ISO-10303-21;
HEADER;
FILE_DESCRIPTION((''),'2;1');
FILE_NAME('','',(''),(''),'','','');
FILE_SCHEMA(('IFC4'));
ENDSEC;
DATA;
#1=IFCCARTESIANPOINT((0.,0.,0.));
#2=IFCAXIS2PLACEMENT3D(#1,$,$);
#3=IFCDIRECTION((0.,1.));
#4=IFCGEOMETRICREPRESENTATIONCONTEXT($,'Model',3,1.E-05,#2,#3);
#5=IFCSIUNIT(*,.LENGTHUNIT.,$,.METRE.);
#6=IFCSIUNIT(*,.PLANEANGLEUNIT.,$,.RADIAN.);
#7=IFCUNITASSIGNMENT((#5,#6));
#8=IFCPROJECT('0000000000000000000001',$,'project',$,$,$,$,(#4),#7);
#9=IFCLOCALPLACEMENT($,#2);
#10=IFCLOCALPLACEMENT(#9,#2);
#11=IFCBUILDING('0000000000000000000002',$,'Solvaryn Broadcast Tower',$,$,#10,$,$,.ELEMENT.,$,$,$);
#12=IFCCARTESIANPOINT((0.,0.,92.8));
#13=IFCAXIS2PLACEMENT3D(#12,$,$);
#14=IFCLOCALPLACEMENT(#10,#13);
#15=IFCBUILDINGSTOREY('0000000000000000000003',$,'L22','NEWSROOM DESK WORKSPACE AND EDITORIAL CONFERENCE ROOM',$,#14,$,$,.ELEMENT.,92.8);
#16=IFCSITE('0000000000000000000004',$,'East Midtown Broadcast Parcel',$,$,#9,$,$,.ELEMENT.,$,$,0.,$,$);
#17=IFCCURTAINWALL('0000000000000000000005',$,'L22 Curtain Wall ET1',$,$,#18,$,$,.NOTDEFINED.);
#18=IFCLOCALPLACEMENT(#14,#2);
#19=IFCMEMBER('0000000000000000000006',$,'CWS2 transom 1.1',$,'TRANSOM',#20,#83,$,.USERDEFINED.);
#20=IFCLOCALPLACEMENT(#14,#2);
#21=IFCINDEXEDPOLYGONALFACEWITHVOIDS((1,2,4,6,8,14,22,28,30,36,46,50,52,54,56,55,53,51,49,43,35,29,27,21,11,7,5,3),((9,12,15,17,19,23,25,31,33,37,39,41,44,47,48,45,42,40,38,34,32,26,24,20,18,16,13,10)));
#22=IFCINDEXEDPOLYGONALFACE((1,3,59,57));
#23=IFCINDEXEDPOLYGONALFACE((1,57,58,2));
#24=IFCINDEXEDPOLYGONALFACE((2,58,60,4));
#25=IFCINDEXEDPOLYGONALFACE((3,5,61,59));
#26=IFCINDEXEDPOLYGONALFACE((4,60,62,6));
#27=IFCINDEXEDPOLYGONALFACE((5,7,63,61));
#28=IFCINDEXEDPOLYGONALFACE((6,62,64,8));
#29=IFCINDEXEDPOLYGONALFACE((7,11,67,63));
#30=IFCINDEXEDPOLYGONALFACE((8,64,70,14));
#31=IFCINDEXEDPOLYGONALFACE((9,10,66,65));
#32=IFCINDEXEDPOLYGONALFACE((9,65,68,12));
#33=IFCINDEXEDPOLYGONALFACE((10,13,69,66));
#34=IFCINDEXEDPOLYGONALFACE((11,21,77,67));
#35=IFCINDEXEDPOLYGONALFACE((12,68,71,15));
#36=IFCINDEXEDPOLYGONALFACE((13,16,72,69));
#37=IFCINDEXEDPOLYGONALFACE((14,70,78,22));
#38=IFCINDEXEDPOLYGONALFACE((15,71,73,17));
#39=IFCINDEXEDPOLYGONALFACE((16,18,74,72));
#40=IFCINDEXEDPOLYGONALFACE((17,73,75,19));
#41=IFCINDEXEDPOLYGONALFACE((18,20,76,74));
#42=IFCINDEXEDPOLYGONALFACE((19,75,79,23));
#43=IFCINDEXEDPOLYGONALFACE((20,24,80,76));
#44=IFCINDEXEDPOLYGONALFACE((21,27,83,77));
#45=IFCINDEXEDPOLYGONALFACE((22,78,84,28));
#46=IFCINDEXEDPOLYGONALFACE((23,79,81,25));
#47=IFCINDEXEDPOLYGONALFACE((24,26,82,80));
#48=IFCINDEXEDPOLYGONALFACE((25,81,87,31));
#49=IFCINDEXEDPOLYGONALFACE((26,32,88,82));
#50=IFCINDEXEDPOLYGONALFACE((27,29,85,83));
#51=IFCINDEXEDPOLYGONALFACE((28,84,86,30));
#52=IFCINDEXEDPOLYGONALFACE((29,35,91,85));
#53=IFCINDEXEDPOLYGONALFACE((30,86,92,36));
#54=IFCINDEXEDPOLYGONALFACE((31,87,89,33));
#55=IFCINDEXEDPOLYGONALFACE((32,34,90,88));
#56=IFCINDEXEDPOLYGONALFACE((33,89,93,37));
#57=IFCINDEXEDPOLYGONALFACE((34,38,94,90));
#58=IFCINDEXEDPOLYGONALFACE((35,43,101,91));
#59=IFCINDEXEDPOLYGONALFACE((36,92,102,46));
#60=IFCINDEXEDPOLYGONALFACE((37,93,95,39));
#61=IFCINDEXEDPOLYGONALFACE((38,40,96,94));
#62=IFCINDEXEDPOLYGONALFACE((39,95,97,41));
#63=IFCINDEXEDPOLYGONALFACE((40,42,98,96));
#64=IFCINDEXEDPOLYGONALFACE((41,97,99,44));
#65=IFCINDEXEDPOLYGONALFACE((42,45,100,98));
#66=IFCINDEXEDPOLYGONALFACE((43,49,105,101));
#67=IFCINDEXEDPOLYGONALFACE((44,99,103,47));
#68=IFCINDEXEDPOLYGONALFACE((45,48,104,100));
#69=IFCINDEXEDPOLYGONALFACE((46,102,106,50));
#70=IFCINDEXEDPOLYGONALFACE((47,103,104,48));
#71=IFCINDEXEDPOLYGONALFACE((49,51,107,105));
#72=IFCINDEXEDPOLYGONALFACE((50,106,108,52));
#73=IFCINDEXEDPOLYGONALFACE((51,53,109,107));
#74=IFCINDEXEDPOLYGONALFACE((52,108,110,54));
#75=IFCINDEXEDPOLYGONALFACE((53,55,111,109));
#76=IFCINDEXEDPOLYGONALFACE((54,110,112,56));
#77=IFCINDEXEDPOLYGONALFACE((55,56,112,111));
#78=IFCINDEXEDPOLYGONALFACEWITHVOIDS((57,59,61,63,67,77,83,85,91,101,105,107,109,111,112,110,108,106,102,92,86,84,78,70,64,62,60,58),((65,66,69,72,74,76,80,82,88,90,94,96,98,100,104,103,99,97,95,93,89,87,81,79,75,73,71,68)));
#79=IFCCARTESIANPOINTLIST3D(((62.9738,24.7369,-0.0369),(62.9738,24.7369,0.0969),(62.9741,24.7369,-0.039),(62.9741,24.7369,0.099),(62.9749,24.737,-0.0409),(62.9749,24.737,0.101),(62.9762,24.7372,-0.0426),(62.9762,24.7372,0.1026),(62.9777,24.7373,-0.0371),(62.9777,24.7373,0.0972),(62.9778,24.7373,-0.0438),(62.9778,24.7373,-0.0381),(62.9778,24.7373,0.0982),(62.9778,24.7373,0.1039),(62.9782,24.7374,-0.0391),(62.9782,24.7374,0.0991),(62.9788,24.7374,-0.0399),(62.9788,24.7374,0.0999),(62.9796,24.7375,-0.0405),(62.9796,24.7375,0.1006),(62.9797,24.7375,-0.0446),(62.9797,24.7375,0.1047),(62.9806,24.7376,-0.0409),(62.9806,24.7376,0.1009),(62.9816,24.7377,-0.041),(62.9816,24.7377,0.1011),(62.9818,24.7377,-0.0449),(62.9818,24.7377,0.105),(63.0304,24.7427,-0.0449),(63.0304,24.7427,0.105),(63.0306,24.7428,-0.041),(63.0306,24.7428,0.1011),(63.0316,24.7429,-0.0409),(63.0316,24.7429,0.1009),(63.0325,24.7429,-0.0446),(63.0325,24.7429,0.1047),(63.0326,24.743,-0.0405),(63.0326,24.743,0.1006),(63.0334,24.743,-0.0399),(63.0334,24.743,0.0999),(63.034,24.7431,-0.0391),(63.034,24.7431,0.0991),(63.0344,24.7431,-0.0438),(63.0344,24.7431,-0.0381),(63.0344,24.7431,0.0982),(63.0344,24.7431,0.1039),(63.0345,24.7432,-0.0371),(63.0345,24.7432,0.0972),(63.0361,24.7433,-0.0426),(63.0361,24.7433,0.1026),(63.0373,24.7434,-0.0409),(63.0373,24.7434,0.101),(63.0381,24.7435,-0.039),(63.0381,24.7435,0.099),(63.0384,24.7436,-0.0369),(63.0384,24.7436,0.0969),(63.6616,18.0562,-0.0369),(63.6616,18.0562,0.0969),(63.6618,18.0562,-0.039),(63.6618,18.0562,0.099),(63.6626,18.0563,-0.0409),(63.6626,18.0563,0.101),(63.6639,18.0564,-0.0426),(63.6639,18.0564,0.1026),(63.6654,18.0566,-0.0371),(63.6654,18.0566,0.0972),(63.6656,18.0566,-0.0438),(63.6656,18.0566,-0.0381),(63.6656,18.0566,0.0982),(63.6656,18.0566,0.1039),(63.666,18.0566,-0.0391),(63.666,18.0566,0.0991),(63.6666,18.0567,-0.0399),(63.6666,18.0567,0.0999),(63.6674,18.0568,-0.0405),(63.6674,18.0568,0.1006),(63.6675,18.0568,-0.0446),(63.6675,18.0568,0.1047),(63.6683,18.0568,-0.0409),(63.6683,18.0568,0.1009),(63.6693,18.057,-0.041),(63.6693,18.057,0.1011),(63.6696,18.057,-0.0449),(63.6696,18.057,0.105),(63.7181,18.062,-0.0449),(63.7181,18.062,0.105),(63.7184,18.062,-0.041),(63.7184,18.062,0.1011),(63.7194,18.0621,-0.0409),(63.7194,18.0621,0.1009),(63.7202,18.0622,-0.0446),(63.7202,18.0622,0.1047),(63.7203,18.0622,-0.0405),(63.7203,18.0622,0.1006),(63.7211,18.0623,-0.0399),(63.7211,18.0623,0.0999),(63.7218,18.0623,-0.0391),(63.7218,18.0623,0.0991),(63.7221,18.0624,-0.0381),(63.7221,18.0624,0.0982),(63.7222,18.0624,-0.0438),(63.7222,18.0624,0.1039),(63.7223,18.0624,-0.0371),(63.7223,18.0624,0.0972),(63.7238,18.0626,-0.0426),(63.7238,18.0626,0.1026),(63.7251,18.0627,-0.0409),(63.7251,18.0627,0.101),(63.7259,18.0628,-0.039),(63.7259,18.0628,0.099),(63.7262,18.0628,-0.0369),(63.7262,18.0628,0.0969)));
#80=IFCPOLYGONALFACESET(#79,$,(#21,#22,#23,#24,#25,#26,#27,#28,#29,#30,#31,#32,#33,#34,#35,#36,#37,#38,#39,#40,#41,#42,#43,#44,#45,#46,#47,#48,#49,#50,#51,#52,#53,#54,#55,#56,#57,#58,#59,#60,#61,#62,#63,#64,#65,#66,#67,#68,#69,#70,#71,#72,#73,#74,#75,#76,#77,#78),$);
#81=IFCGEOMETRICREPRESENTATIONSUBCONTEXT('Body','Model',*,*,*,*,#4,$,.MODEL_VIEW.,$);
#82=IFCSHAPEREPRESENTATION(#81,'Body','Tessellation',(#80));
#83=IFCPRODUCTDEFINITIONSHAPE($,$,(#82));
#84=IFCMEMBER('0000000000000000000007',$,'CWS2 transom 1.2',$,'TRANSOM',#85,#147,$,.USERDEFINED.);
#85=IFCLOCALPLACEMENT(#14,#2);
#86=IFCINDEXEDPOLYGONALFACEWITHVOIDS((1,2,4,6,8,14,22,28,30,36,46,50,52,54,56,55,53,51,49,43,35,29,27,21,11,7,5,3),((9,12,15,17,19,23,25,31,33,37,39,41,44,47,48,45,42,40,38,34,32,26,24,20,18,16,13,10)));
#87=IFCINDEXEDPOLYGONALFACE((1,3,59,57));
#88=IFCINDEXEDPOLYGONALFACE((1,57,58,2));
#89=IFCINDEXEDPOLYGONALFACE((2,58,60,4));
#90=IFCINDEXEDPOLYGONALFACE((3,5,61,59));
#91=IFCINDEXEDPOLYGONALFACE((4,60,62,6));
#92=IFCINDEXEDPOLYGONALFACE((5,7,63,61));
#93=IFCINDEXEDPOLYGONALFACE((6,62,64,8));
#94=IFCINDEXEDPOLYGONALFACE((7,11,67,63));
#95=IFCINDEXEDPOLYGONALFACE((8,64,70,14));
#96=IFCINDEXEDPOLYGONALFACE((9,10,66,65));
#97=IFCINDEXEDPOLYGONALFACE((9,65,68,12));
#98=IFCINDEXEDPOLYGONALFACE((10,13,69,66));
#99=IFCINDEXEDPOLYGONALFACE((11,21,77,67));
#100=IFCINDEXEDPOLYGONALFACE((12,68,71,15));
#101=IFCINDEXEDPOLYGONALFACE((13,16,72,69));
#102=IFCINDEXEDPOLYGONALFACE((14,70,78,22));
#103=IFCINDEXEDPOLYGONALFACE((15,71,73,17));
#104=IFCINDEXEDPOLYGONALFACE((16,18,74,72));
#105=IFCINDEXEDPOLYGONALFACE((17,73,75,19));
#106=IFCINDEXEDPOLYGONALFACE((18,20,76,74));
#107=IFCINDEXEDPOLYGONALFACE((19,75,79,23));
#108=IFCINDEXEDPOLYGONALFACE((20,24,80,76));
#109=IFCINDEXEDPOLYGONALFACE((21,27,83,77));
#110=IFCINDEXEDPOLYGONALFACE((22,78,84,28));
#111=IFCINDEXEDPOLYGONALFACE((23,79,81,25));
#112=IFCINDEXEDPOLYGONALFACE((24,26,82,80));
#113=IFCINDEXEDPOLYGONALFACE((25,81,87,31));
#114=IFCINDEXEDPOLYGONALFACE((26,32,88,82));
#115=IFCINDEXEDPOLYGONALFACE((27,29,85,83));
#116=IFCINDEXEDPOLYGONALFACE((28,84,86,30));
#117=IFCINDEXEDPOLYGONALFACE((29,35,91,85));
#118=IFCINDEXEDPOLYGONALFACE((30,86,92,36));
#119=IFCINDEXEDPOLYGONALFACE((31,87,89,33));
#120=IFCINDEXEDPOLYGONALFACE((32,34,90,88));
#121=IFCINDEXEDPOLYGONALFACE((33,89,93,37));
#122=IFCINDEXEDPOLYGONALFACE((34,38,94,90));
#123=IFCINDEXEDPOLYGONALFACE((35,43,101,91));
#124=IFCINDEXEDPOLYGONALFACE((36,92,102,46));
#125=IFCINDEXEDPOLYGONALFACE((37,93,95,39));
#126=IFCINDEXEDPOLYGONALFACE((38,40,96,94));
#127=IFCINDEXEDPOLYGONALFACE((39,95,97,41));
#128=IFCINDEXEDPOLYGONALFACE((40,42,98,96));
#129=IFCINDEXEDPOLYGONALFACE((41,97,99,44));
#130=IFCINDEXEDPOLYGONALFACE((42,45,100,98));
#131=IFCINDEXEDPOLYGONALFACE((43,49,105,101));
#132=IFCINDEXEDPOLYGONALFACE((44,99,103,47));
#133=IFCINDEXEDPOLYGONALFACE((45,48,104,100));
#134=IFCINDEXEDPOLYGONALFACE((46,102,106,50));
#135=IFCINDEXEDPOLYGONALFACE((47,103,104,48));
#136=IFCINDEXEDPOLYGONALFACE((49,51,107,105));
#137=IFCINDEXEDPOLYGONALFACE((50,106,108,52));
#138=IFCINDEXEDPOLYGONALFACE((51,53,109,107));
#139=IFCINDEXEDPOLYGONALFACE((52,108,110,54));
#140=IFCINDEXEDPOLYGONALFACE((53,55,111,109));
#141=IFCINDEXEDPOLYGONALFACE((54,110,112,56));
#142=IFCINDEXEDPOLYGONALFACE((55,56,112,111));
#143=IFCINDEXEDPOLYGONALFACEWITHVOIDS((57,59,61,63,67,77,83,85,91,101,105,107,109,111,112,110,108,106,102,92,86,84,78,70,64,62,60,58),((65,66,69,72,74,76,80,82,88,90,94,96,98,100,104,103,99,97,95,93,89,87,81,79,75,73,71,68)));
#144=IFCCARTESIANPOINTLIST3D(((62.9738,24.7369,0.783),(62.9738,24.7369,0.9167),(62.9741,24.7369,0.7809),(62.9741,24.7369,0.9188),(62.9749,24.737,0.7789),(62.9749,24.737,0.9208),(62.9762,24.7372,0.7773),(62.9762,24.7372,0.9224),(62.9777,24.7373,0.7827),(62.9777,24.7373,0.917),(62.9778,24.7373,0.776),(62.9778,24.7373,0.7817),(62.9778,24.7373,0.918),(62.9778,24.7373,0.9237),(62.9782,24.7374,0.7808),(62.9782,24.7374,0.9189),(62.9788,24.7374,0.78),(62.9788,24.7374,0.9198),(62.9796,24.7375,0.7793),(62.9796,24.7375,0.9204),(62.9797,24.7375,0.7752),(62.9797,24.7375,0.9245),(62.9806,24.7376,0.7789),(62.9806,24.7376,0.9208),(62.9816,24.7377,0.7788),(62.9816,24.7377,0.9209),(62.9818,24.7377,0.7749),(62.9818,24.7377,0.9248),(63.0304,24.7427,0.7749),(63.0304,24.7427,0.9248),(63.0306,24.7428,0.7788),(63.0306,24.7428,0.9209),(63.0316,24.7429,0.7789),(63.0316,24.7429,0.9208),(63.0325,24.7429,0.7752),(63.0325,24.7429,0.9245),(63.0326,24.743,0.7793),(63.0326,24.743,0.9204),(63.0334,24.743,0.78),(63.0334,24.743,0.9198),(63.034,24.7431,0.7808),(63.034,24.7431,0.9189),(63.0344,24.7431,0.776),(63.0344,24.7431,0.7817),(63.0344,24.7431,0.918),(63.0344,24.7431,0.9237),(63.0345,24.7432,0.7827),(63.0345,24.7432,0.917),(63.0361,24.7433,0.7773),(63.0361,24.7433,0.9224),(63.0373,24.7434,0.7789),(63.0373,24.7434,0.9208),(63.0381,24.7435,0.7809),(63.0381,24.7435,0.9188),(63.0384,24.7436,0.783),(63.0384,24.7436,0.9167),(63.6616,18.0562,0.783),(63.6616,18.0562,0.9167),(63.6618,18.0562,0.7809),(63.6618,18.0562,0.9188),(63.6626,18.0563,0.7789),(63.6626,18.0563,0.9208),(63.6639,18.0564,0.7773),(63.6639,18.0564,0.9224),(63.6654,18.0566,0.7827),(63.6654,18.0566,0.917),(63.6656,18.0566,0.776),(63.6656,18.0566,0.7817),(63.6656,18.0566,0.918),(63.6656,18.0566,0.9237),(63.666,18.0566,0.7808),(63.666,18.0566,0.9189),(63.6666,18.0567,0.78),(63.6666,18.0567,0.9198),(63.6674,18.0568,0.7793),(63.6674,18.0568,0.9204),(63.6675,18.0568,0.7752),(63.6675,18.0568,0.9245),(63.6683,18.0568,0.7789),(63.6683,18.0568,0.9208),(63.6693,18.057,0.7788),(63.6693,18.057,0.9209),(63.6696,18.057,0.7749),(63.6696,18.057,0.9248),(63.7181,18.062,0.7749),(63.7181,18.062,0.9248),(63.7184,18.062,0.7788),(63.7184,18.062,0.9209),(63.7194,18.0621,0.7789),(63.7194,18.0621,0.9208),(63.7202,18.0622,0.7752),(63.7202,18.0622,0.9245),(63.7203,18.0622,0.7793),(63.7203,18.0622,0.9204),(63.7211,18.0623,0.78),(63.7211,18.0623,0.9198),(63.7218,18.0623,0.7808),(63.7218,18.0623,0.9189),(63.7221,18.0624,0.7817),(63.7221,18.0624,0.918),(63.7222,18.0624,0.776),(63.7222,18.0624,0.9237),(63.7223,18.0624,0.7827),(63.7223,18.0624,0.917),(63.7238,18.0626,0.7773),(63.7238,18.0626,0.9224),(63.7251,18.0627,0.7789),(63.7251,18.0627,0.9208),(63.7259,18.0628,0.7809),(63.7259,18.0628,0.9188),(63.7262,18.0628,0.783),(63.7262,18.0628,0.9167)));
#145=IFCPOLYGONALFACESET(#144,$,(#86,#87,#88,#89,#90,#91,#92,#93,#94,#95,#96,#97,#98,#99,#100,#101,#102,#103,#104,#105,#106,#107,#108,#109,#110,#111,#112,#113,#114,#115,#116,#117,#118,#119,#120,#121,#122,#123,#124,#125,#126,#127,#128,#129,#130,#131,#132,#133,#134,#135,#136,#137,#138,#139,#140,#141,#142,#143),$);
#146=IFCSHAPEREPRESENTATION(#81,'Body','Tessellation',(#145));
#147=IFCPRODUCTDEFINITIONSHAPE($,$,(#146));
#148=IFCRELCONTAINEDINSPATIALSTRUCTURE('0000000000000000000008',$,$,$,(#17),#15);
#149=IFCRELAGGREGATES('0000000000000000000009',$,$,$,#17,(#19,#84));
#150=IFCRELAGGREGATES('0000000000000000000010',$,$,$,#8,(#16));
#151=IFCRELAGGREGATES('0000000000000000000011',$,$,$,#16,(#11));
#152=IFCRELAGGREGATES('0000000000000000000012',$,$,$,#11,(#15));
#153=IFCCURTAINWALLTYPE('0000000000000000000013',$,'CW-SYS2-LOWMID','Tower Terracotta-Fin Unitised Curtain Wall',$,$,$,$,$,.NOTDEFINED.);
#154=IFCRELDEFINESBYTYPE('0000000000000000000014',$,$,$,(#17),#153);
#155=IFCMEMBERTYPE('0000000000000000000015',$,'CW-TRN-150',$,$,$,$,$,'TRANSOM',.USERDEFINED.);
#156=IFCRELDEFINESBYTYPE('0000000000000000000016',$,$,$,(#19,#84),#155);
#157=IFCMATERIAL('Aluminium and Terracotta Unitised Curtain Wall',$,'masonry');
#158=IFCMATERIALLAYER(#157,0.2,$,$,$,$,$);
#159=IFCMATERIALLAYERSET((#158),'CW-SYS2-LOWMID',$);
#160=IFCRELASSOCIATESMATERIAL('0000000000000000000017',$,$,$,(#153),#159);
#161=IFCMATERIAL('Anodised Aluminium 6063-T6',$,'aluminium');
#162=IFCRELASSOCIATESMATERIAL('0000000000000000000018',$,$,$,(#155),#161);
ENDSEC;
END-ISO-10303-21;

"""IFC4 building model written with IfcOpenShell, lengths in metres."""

from ifc_helpers import new_model, si_unit, direction, frame, origin, origin_2d, place, context, subcontext, project, spatial, hollow_rectangle, extrude, material, layer, layer_set, material_profile, profile_set, type_object, element, aggregate, save


model = new_model("IFC4")

# Units and contexts
model_context = context("Model", 3, precision=1e-05, world=origin(), true_north=direction((0.0, 1.0)))
body_context = subcontext(model_context, "Body", "Model", "MODEL_VIEW")
ifc_project = project(units=[si_unit("LENGTHUNIT", "METRE"), si_unit("PLANEANGLEUNIT", "RADIAN")], contexts=[model_context])

# Site, building, storey
site_placement = place(None, origin())
site = spatial("IfcSite", under=ifc_project, at=site_placement, Name="East Midtown Broadcast Parcel", CompositionType="ELEMENT", RefElevation=0.0)
building_placement = place(site_placement, origin())
building = spatial("IfcBuilding", under=site, at=building_placement, Name="Solvaryn Broadcast Tower", CompositionType="ELEMENT")
storey_placement = place(building_placement, frame((0.0, 0.0, 92.8)))
storey = spatial("IfcBuildingStorey", under=building, at=storey_placement, Name="L22", Description="NEWSROOM DESK WORKSPACE AND EDITORIAL CONFERENCE ROOM", CompositionType="ELEMENT", Elevation=92.8)

# Curtain wall
ifc_material_1 = material(Name="Aluminium and Terracotta Unitised Curtain Wall", Category="masonry")
ifc_layer_1 = layer(ifc_material_1, 0.2)
ifc_layer_set_1 = layer_set([ifc_layer_1], Name="CW-SYS2-LOWMID")
curtain_wall_type = type_object("IfcCurtainWallType", Name="CW-SYS2-LOWMID", Description="Tower Terracotta-Fin Unitised Curtain Wall", PredefinedType="NOTDEFINED", material=ifc_layer_set_1)
curtain_wall_1_placement = place(storey_placement, origin())
curtain_wall_1 = element("IfcCurtainWall", 1, at=curtain_wall_1_placement, inside=storey, type_object=curtain_wall_type, Name="L22 Curtain Wall ET1", PredefinedType="NOTDEFINED")

# Members
ifc_material_2 = material(Name="Anodised Aluminium 6063-T6", Category="aluminium")
ifc_material_profile_1 = material_profile(ifc_material_2, hollow_rectangle(XDim=0.0649, YDim=0.1499, WallThickness=0.0039, InnerFilletRadius=0.0039, OuterFilletRadius=0.0081, at=origin_2d()))
ifc_profile_set_1 = profile_set([ifc_material_profile_1], Name="Anodised Aluminium 6063-T6")
member_type_1 = type_object("IfcMemberType", Name="CW-TRN-150", ElementType="TRANSOM", PredefinedType="USERDEFINED", material=ifc_profile_set_1)
member_1_placement = place(storey_placement, frame((63.0061, 24.7402, 0.03), z_axis=(0.102404, -0.994743, 0.0), x_axis=(0.994743, 0.102404, 0.0)))
member_1 = element("IfcMember", 2, at=member_1_placement, type_object=member_type_1, Name="CWS2 transom 1.1", ObjectType="TRANSOM", PredefinedType="USERDEFINED", context=body_context, shape_type="SweptSolid", body=[
    extrude(hollow_rectangle(XDim=0.0649, YDim=0.1499, WallThickness=0.0039, InnerFilletRadius=0.0039, OuterFilletRadius=0.0081, at=origin_2d()), origin(), (0.0, 0.0, 1.0), 6.7161),
])
member_2_placement = place(storey_placement, frame((63.0061, 24.7402, 0.8499), z_axis=(0.102404, -0.994743, 0.0), x_axis=(0.994743, 0.102404, 0.0)))
member_2 = element("IfcMember", 3, at=member_2_placement, type_object=member_type_1, Name="CWS2 transom 1.2", ObjectType="TRANSOM", PredefinedType="USERDEFINED", context=body_context, shape_type="SweptSolid", body=[
    extrude(hollow_rectangle(XDim=0.0649, YDim=0.1499, WallThickness=0.0039, InnerFilletRadius=0.0039, OuterFilletRadius=0.0081, at=origin_2d()), origin(), (0.0, 0.0, 1.0), 6.7161),
])

aggregate(curtain_wall_1, [member_1, member_2])

save(model, "model.ifc")
